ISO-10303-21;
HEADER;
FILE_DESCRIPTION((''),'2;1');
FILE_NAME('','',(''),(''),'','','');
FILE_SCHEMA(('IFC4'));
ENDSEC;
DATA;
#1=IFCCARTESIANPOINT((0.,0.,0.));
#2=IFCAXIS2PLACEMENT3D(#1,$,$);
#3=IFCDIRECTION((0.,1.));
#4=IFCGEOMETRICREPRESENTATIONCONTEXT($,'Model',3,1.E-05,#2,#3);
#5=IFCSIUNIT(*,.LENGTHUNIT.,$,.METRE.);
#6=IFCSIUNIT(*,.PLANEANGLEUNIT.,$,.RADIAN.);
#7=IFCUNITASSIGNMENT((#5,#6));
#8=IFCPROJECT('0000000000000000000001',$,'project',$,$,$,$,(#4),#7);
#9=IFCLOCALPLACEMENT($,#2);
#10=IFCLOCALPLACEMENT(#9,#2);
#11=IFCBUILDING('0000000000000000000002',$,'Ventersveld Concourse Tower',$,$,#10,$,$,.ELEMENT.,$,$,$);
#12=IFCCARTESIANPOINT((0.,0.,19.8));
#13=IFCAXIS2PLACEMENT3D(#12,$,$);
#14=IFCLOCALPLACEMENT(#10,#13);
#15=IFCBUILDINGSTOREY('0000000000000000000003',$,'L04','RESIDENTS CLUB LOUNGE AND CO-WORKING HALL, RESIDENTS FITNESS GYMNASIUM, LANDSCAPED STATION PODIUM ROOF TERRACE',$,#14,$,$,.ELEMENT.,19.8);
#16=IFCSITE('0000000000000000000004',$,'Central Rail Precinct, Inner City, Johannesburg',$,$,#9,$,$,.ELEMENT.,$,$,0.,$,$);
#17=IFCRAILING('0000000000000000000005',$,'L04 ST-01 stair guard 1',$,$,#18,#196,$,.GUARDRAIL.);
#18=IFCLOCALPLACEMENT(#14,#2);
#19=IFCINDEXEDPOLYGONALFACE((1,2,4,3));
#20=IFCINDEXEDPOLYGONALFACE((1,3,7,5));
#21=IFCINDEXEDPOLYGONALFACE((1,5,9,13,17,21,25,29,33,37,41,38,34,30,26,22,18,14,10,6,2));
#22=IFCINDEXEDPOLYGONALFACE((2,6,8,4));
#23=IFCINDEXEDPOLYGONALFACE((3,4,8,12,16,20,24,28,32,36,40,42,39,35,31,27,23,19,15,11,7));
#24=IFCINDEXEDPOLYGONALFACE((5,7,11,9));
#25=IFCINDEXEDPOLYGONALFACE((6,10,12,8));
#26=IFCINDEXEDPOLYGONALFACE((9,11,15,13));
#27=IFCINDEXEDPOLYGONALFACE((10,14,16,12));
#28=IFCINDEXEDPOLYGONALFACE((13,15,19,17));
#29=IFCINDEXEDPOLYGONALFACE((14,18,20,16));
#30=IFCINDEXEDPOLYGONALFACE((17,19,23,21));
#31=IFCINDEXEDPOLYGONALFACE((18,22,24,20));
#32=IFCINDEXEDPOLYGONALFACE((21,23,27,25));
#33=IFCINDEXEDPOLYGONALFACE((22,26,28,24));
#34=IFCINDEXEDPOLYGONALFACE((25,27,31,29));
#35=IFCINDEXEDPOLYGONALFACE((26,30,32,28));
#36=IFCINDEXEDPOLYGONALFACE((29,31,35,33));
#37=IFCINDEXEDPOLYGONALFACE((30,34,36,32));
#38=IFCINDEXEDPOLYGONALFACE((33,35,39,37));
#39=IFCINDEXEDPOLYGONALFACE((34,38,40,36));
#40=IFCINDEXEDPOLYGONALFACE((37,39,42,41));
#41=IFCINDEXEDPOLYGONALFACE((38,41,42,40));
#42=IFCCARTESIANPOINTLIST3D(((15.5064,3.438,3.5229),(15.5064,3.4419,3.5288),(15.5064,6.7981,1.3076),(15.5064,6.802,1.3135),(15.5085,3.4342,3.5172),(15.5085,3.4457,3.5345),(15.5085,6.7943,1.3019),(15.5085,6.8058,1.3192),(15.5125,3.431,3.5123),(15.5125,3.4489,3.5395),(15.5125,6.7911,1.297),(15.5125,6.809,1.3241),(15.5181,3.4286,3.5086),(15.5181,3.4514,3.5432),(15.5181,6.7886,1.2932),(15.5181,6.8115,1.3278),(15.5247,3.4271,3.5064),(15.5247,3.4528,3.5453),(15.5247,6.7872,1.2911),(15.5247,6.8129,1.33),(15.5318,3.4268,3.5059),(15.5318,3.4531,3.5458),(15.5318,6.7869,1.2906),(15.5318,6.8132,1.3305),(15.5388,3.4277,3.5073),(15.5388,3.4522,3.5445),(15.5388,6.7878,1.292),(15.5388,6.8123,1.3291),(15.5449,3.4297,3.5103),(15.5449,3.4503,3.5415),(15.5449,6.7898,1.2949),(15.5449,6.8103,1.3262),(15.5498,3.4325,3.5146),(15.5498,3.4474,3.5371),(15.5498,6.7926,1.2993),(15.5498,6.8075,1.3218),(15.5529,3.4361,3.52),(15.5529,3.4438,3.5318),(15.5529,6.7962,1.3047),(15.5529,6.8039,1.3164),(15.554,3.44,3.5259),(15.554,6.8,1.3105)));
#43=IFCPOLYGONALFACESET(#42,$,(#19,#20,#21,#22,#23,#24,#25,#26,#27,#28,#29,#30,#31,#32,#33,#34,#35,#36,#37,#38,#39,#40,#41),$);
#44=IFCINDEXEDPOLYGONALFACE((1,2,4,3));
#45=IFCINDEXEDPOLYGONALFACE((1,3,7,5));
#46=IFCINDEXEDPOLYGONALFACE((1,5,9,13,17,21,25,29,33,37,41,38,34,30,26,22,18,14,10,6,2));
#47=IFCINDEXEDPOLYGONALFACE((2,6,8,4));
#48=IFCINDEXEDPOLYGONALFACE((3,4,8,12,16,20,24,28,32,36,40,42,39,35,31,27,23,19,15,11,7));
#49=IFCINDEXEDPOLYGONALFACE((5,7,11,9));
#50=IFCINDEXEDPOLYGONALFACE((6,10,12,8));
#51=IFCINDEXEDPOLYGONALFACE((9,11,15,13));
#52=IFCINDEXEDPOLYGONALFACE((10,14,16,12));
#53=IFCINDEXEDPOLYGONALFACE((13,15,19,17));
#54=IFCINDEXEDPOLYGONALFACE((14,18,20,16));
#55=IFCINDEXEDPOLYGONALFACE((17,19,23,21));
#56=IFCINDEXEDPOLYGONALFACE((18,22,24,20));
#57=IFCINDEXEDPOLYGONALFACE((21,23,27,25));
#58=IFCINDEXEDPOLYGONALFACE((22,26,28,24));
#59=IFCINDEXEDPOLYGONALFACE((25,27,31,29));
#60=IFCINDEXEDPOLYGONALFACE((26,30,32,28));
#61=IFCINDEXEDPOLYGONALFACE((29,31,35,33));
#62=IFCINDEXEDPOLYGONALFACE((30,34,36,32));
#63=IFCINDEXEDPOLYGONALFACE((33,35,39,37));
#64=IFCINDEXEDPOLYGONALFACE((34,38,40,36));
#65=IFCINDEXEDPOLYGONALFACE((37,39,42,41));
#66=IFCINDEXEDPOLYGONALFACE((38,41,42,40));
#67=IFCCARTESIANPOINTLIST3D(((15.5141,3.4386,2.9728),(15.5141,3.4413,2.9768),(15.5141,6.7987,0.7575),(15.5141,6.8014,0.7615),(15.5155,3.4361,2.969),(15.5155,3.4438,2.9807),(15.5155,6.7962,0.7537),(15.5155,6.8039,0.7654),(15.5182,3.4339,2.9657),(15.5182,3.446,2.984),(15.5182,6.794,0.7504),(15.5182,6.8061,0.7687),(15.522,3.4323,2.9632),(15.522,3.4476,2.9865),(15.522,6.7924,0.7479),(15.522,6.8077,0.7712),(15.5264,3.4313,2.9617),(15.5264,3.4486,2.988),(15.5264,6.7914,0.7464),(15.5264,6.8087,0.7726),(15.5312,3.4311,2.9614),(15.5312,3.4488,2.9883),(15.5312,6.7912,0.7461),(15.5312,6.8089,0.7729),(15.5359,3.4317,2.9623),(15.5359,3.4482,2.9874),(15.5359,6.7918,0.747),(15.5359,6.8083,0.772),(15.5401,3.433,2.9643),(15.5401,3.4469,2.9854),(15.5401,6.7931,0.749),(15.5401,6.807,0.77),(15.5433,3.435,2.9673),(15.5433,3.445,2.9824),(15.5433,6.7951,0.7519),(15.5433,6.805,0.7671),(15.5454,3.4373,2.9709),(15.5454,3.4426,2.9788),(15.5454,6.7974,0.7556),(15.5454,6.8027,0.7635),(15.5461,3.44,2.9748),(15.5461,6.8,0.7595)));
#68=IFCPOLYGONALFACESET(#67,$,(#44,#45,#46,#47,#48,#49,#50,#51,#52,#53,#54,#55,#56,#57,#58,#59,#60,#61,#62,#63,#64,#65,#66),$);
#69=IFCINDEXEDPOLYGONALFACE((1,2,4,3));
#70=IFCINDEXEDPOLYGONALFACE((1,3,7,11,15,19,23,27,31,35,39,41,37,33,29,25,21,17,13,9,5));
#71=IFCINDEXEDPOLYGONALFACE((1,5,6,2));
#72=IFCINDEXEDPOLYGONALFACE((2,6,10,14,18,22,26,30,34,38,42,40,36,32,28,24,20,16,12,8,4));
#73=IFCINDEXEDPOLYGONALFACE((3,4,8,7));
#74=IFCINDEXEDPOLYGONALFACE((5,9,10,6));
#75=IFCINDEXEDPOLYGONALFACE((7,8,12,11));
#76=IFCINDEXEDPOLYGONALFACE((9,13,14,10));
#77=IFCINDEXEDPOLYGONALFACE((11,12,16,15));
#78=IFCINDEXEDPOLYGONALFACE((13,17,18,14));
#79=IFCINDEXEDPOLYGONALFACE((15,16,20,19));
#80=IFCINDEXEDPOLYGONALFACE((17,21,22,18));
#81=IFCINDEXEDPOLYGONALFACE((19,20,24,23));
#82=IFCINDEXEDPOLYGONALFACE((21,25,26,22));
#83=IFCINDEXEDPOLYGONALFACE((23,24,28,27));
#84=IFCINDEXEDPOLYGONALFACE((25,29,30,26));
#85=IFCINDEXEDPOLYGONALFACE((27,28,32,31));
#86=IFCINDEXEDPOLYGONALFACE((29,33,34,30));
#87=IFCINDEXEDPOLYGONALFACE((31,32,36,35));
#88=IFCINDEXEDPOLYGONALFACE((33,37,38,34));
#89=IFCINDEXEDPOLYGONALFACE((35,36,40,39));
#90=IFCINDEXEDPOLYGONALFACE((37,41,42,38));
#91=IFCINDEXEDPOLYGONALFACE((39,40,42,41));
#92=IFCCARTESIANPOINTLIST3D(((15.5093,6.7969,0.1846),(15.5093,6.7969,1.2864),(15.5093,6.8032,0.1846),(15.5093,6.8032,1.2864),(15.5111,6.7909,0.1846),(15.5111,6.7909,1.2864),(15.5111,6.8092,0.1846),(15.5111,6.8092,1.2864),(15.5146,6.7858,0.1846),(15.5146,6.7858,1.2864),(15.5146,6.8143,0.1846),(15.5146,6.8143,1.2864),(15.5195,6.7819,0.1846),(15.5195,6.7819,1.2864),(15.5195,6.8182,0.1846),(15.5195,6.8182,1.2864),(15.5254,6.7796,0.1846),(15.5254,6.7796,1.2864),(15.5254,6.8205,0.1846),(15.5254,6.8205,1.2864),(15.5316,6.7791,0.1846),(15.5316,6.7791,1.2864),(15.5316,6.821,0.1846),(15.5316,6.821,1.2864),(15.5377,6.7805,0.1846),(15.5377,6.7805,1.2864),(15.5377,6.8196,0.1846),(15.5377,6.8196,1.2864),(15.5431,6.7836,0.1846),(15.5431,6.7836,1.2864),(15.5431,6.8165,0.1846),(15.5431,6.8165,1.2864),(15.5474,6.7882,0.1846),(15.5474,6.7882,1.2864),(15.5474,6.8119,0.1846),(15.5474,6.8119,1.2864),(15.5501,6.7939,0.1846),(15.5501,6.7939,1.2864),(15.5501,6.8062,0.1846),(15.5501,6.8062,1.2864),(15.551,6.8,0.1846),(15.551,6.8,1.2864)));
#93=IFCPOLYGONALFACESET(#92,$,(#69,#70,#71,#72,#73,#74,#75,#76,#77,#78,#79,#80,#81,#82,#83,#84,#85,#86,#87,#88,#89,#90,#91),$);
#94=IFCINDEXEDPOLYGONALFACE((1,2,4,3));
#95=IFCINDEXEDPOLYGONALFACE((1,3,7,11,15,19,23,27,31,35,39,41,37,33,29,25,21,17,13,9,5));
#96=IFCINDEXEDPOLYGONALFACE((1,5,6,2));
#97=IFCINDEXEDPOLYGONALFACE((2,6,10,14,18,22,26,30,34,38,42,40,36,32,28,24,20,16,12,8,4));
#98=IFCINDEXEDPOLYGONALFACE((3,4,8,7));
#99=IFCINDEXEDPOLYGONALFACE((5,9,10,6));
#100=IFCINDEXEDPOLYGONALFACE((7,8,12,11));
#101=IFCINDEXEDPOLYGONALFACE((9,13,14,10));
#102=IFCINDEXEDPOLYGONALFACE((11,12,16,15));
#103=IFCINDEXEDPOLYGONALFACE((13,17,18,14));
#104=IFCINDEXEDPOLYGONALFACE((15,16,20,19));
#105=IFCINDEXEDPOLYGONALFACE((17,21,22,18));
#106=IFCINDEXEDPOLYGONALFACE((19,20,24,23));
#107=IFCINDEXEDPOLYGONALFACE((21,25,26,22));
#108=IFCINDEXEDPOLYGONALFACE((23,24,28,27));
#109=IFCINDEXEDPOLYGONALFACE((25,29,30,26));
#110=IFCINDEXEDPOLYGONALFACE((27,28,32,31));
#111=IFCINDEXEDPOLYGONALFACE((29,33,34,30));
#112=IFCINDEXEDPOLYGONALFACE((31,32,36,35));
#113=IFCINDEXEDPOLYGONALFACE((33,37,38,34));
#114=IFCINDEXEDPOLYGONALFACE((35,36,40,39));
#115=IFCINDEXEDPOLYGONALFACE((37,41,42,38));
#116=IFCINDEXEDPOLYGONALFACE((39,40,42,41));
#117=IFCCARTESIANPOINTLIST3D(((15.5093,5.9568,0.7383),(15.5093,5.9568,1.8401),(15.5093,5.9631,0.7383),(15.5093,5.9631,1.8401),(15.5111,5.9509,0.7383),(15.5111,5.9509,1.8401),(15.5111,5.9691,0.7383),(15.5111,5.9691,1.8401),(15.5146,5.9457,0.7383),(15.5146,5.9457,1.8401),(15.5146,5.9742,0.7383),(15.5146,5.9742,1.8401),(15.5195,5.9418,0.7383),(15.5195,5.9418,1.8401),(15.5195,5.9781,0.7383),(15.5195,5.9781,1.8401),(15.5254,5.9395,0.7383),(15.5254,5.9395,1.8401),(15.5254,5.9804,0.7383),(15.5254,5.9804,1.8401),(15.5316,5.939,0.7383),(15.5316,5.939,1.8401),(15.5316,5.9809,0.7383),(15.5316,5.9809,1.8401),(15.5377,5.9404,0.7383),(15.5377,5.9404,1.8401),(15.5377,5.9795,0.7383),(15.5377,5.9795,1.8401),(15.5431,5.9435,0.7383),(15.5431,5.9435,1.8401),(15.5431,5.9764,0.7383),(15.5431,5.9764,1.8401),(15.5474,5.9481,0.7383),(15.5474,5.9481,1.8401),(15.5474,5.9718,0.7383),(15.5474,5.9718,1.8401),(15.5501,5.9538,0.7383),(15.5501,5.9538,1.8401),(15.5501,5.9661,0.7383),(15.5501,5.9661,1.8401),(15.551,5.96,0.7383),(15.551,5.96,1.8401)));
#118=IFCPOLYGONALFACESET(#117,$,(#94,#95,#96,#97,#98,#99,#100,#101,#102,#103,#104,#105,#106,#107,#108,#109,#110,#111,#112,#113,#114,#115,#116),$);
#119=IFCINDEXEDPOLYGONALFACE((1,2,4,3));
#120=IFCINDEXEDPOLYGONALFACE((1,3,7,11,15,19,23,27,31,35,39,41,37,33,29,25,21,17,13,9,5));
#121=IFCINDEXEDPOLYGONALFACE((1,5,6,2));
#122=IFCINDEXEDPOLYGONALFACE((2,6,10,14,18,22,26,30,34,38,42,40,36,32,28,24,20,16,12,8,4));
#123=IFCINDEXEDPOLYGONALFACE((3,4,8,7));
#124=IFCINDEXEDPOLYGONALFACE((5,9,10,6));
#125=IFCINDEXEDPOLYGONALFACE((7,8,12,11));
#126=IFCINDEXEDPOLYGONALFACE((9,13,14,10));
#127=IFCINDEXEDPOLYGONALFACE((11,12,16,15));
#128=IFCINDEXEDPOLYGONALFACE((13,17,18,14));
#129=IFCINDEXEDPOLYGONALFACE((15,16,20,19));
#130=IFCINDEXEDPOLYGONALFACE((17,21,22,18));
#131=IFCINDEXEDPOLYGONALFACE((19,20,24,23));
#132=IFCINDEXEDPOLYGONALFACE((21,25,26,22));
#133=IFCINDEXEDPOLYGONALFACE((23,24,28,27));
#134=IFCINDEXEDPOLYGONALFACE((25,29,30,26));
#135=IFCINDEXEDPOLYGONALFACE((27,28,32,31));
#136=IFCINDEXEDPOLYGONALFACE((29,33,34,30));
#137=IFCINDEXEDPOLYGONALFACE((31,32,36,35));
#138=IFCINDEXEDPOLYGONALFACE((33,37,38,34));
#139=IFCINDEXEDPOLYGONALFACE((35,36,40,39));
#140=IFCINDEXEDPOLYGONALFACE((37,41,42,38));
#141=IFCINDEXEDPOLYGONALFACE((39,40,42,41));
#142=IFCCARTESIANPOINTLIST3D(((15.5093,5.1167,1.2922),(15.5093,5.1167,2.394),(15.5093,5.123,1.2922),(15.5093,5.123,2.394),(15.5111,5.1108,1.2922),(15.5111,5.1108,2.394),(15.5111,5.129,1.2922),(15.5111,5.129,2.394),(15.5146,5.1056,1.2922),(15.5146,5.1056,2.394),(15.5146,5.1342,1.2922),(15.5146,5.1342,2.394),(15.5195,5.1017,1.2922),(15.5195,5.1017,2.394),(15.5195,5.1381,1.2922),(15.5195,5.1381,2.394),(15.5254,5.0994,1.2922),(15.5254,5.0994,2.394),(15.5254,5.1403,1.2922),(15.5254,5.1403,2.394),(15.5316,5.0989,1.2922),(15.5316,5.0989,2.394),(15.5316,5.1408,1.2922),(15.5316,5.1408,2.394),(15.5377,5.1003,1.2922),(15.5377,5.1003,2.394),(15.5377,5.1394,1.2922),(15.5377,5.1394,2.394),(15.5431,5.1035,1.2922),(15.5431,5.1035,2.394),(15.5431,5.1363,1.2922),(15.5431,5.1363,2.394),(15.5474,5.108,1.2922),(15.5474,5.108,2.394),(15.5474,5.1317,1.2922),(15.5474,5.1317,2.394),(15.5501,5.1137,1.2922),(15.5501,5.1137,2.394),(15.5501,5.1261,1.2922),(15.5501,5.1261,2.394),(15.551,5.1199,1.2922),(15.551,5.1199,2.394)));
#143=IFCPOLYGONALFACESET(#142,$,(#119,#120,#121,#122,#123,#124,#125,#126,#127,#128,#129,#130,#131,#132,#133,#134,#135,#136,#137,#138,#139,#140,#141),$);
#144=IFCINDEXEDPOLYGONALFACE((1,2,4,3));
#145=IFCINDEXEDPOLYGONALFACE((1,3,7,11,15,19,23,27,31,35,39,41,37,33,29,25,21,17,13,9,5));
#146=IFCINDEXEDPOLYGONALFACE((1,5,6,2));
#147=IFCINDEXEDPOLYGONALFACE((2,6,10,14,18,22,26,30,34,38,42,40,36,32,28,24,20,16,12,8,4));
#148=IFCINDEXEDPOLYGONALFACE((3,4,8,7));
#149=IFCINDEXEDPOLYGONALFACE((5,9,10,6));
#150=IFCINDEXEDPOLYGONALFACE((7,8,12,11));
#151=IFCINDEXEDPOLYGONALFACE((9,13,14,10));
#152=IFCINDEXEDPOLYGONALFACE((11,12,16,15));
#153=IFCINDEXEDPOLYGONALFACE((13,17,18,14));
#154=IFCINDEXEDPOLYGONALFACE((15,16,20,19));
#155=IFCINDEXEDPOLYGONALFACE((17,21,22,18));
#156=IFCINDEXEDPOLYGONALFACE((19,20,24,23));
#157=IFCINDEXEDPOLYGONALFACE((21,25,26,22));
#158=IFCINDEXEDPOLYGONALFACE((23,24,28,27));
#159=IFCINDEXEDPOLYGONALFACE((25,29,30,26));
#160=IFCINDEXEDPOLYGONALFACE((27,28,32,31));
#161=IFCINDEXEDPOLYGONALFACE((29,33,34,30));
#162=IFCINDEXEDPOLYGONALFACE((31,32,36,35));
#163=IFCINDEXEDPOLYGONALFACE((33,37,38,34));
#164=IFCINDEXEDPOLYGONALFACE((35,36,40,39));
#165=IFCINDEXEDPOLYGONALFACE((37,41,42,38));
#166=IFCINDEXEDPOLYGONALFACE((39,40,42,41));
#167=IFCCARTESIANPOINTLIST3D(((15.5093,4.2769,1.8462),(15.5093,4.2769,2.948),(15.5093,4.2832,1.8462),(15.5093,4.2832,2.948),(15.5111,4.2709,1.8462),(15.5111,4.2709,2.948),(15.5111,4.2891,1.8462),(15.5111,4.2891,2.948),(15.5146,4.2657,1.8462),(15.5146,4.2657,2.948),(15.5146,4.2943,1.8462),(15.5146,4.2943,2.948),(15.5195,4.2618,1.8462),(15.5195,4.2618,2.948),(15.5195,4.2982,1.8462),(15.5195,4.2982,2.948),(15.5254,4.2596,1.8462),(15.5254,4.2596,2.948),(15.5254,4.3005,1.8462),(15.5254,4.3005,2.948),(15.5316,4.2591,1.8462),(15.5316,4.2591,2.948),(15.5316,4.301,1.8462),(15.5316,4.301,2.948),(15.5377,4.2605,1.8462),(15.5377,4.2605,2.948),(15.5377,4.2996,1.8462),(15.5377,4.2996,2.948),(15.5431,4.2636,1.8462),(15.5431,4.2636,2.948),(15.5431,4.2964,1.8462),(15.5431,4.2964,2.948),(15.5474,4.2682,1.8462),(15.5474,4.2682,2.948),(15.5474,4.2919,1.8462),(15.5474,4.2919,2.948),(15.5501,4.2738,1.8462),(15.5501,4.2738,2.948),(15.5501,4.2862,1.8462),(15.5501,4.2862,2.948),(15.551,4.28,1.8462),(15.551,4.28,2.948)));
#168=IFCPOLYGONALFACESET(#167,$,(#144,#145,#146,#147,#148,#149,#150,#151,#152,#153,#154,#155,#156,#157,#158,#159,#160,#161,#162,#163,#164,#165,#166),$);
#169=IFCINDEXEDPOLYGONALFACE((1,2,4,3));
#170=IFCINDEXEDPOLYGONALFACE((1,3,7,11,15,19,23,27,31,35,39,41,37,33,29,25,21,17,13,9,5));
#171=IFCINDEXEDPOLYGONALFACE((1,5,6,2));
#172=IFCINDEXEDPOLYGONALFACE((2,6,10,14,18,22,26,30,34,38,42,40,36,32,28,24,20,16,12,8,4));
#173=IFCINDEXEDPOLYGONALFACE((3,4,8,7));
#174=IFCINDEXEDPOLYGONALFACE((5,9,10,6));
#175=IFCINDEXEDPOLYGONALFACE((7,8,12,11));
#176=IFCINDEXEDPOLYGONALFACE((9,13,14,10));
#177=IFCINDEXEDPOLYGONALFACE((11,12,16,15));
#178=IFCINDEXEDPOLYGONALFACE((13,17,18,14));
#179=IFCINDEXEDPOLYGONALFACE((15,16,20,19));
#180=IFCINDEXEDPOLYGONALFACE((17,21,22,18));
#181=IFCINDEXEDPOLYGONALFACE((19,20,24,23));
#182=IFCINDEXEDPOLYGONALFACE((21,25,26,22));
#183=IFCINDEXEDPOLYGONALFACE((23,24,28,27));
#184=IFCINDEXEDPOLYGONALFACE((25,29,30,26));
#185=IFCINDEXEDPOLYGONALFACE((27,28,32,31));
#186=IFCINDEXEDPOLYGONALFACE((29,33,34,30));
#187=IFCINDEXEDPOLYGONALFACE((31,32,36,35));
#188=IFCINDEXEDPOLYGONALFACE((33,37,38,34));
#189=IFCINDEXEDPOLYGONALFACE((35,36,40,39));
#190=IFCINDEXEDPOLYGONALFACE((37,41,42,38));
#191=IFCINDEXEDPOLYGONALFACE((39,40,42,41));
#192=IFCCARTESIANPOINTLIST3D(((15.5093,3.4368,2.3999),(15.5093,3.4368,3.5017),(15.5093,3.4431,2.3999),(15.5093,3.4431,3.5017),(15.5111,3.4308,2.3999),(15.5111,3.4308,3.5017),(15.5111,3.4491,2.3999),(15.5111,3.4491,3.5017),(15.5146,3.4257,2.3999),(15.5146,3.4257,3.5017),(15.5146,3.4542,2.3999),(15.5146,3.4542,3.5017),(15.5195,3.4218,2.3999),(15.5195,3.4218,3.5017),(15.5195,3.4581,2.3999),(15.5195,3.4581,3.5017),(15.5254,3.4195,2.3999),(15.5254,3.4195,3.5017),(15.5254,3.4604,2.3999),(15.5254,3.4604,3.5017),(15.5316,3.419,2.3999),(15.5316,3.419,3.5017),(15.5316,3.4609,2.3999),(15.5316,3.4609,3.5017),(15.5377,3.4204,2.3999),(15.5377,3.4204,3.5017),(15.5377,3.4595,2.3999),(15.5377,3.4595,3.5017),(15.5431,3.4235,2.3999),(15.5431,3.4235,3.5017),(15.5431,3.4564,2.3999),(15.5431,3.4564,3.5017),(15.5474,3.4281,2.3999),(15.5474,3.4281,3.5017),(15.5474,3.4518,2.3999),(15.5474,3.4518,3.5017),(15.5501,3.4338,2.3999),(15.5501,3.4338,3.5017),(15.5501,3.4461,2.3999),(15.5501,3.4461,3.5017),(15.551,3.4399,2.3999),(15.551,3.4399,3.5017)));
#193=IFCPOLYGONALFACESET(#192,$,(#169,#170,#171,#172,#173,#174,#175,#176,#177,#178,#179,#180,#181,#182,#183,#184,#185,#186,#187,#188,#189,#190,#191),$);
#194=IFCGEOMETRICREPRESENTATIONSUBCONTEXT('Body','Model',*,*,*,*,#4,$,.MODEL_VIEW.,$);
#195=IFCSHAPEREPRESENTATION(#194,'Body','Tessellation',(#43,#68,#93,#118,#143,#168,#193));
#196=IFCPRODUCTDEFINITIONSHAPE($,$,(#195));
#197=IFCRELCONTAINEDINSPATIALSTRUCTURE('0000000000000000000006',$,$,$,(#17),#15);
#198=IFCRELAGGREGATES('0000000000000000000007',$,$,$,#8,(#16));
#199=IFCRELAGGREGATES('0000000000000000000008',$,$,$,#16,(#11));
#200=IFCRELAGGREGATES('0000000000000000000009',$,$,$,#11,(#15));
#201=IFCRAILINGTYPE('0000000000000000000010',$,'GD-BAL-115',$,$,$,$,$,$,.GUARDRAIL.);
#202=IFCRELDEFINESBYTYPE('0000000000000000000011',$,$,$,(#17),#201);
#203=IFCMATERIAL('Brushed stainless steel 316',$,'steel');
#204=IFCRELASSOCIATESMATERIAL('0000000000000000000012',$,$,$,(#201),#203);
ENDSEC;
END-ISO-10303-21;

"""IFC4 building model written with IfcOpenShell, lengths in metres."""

from ifc_helpers import new_model, si_unit, direction, frame, origin, origin_2d, place, context, subcontext, project, spatial, circle, extrude, material, type_object, element, save


model = new_model("IFC4")

# Units and contexts
model_context = context("Model", 3, precision=1e-05, world=origin(), true_north=direction((0.0, 1.0)))
body_context = subcontext(model_context, "Body", "Model", "MODEL_VIEW")
ifc_project = project(units=[si_unit("LENGTHUNIT", "METRE"), si_unit("PLANEANGLEUNIT", "RADIAN")], contexts=[model_context])

# Site, building, storey
site_placement = place(None, origin())
site = spatial("IfcSite", under=ifc_project, at=site_placement, Name="Central Rail Precinct, Inner City, Johannesburg", CompositionType="ELEMENT", RefElevation=0.0)
building_placement = place(site_placement, origin())
building = spatial("IfcBuilding", under=site, at=building_placement, Name="Ventersveld Concourse Tower", CompositionType="ELEMENT")
storey_placement = place(building_placement, frame((0.0, 0.0, 19.8)))
storey = spatial("IfcBuildingStorey", under=building, at=storey_placement, Name="L04", Description="RESIDENTS CLUB LOUNGE AND CO-WORKING HALL, RESIDENTS FITNESS GYMNASIUM, LANDSCAPED STATION PODIUM ROOF TERRACE", CompositionType="ELEMENT", Elevation=19.8)

# Railing
ifc_material_1 = material(Name="Brushed stainless steel 316", Category="steel")
railing_type_1 = type_object("IfcRailingType", Name="GD-BAL-115", PredefinedType="GUARDRAIL", material=ifc_material_1)
railing_1_placement = place(storey_placement, frame((15.53, 6.8, 0.1846)))
element("IfcRailing", 1, at=railing_1_placement, inside=storey, type_object=railing_type_1, Name="L04 ST-01 stair guard 1", PredefinedType="GUARDRAIL", context=body_context, shape_type="SweptSolid", body=[
    extrude(circle(Radius=0.0239, at=origin_2d()), frame((0.0, 0.0, 1.126), z_axis=(0.0, -0.834876, 0.550437), x_axis=(1.0, 0.0, 0.0)), (0.0, 0.0, 1.0), 4.0247),
    extrude(circle(Radius=0.0161, at=origin_2d()), frame((0.0, 0.0, 0.575), z_axis=(0.0, -0.834876, 0.550437), x_axis=(1.0, 0.0, 0.0)), (0.0, 0.0, 1.0), 4.0247),
    extrude(circle(Radius=0.021, at=origin_2d()), origin(), (0.0, 0.0, 1.0), 1.1018),
    extrude(circle(Radius=0.021, at=origin_2d()), frame((0.0, -0.8401, 0.5537)), (0.0, 0.0, 1.0), 1.1018),
    extrude(circle(Radius=0.021, at=origin_2d()), frame((0.0, -1.6802, 1.1077)), (0.0, 0.0, 1.0), 1.1018),
    extrude(circle(Radius=0.021, at=origin_2d()), frame((0.0, -2.52, 1.6616)), (0.0, 0.0, 1.0), 1.1018),
    extrude(circle(Radius=0.021, at=origin_2d()), frame((0.0, -3.3601, 2.2153)), (0.0, 0.0, 1.0), 1.1018),
])

save(model, "model.ifc")
